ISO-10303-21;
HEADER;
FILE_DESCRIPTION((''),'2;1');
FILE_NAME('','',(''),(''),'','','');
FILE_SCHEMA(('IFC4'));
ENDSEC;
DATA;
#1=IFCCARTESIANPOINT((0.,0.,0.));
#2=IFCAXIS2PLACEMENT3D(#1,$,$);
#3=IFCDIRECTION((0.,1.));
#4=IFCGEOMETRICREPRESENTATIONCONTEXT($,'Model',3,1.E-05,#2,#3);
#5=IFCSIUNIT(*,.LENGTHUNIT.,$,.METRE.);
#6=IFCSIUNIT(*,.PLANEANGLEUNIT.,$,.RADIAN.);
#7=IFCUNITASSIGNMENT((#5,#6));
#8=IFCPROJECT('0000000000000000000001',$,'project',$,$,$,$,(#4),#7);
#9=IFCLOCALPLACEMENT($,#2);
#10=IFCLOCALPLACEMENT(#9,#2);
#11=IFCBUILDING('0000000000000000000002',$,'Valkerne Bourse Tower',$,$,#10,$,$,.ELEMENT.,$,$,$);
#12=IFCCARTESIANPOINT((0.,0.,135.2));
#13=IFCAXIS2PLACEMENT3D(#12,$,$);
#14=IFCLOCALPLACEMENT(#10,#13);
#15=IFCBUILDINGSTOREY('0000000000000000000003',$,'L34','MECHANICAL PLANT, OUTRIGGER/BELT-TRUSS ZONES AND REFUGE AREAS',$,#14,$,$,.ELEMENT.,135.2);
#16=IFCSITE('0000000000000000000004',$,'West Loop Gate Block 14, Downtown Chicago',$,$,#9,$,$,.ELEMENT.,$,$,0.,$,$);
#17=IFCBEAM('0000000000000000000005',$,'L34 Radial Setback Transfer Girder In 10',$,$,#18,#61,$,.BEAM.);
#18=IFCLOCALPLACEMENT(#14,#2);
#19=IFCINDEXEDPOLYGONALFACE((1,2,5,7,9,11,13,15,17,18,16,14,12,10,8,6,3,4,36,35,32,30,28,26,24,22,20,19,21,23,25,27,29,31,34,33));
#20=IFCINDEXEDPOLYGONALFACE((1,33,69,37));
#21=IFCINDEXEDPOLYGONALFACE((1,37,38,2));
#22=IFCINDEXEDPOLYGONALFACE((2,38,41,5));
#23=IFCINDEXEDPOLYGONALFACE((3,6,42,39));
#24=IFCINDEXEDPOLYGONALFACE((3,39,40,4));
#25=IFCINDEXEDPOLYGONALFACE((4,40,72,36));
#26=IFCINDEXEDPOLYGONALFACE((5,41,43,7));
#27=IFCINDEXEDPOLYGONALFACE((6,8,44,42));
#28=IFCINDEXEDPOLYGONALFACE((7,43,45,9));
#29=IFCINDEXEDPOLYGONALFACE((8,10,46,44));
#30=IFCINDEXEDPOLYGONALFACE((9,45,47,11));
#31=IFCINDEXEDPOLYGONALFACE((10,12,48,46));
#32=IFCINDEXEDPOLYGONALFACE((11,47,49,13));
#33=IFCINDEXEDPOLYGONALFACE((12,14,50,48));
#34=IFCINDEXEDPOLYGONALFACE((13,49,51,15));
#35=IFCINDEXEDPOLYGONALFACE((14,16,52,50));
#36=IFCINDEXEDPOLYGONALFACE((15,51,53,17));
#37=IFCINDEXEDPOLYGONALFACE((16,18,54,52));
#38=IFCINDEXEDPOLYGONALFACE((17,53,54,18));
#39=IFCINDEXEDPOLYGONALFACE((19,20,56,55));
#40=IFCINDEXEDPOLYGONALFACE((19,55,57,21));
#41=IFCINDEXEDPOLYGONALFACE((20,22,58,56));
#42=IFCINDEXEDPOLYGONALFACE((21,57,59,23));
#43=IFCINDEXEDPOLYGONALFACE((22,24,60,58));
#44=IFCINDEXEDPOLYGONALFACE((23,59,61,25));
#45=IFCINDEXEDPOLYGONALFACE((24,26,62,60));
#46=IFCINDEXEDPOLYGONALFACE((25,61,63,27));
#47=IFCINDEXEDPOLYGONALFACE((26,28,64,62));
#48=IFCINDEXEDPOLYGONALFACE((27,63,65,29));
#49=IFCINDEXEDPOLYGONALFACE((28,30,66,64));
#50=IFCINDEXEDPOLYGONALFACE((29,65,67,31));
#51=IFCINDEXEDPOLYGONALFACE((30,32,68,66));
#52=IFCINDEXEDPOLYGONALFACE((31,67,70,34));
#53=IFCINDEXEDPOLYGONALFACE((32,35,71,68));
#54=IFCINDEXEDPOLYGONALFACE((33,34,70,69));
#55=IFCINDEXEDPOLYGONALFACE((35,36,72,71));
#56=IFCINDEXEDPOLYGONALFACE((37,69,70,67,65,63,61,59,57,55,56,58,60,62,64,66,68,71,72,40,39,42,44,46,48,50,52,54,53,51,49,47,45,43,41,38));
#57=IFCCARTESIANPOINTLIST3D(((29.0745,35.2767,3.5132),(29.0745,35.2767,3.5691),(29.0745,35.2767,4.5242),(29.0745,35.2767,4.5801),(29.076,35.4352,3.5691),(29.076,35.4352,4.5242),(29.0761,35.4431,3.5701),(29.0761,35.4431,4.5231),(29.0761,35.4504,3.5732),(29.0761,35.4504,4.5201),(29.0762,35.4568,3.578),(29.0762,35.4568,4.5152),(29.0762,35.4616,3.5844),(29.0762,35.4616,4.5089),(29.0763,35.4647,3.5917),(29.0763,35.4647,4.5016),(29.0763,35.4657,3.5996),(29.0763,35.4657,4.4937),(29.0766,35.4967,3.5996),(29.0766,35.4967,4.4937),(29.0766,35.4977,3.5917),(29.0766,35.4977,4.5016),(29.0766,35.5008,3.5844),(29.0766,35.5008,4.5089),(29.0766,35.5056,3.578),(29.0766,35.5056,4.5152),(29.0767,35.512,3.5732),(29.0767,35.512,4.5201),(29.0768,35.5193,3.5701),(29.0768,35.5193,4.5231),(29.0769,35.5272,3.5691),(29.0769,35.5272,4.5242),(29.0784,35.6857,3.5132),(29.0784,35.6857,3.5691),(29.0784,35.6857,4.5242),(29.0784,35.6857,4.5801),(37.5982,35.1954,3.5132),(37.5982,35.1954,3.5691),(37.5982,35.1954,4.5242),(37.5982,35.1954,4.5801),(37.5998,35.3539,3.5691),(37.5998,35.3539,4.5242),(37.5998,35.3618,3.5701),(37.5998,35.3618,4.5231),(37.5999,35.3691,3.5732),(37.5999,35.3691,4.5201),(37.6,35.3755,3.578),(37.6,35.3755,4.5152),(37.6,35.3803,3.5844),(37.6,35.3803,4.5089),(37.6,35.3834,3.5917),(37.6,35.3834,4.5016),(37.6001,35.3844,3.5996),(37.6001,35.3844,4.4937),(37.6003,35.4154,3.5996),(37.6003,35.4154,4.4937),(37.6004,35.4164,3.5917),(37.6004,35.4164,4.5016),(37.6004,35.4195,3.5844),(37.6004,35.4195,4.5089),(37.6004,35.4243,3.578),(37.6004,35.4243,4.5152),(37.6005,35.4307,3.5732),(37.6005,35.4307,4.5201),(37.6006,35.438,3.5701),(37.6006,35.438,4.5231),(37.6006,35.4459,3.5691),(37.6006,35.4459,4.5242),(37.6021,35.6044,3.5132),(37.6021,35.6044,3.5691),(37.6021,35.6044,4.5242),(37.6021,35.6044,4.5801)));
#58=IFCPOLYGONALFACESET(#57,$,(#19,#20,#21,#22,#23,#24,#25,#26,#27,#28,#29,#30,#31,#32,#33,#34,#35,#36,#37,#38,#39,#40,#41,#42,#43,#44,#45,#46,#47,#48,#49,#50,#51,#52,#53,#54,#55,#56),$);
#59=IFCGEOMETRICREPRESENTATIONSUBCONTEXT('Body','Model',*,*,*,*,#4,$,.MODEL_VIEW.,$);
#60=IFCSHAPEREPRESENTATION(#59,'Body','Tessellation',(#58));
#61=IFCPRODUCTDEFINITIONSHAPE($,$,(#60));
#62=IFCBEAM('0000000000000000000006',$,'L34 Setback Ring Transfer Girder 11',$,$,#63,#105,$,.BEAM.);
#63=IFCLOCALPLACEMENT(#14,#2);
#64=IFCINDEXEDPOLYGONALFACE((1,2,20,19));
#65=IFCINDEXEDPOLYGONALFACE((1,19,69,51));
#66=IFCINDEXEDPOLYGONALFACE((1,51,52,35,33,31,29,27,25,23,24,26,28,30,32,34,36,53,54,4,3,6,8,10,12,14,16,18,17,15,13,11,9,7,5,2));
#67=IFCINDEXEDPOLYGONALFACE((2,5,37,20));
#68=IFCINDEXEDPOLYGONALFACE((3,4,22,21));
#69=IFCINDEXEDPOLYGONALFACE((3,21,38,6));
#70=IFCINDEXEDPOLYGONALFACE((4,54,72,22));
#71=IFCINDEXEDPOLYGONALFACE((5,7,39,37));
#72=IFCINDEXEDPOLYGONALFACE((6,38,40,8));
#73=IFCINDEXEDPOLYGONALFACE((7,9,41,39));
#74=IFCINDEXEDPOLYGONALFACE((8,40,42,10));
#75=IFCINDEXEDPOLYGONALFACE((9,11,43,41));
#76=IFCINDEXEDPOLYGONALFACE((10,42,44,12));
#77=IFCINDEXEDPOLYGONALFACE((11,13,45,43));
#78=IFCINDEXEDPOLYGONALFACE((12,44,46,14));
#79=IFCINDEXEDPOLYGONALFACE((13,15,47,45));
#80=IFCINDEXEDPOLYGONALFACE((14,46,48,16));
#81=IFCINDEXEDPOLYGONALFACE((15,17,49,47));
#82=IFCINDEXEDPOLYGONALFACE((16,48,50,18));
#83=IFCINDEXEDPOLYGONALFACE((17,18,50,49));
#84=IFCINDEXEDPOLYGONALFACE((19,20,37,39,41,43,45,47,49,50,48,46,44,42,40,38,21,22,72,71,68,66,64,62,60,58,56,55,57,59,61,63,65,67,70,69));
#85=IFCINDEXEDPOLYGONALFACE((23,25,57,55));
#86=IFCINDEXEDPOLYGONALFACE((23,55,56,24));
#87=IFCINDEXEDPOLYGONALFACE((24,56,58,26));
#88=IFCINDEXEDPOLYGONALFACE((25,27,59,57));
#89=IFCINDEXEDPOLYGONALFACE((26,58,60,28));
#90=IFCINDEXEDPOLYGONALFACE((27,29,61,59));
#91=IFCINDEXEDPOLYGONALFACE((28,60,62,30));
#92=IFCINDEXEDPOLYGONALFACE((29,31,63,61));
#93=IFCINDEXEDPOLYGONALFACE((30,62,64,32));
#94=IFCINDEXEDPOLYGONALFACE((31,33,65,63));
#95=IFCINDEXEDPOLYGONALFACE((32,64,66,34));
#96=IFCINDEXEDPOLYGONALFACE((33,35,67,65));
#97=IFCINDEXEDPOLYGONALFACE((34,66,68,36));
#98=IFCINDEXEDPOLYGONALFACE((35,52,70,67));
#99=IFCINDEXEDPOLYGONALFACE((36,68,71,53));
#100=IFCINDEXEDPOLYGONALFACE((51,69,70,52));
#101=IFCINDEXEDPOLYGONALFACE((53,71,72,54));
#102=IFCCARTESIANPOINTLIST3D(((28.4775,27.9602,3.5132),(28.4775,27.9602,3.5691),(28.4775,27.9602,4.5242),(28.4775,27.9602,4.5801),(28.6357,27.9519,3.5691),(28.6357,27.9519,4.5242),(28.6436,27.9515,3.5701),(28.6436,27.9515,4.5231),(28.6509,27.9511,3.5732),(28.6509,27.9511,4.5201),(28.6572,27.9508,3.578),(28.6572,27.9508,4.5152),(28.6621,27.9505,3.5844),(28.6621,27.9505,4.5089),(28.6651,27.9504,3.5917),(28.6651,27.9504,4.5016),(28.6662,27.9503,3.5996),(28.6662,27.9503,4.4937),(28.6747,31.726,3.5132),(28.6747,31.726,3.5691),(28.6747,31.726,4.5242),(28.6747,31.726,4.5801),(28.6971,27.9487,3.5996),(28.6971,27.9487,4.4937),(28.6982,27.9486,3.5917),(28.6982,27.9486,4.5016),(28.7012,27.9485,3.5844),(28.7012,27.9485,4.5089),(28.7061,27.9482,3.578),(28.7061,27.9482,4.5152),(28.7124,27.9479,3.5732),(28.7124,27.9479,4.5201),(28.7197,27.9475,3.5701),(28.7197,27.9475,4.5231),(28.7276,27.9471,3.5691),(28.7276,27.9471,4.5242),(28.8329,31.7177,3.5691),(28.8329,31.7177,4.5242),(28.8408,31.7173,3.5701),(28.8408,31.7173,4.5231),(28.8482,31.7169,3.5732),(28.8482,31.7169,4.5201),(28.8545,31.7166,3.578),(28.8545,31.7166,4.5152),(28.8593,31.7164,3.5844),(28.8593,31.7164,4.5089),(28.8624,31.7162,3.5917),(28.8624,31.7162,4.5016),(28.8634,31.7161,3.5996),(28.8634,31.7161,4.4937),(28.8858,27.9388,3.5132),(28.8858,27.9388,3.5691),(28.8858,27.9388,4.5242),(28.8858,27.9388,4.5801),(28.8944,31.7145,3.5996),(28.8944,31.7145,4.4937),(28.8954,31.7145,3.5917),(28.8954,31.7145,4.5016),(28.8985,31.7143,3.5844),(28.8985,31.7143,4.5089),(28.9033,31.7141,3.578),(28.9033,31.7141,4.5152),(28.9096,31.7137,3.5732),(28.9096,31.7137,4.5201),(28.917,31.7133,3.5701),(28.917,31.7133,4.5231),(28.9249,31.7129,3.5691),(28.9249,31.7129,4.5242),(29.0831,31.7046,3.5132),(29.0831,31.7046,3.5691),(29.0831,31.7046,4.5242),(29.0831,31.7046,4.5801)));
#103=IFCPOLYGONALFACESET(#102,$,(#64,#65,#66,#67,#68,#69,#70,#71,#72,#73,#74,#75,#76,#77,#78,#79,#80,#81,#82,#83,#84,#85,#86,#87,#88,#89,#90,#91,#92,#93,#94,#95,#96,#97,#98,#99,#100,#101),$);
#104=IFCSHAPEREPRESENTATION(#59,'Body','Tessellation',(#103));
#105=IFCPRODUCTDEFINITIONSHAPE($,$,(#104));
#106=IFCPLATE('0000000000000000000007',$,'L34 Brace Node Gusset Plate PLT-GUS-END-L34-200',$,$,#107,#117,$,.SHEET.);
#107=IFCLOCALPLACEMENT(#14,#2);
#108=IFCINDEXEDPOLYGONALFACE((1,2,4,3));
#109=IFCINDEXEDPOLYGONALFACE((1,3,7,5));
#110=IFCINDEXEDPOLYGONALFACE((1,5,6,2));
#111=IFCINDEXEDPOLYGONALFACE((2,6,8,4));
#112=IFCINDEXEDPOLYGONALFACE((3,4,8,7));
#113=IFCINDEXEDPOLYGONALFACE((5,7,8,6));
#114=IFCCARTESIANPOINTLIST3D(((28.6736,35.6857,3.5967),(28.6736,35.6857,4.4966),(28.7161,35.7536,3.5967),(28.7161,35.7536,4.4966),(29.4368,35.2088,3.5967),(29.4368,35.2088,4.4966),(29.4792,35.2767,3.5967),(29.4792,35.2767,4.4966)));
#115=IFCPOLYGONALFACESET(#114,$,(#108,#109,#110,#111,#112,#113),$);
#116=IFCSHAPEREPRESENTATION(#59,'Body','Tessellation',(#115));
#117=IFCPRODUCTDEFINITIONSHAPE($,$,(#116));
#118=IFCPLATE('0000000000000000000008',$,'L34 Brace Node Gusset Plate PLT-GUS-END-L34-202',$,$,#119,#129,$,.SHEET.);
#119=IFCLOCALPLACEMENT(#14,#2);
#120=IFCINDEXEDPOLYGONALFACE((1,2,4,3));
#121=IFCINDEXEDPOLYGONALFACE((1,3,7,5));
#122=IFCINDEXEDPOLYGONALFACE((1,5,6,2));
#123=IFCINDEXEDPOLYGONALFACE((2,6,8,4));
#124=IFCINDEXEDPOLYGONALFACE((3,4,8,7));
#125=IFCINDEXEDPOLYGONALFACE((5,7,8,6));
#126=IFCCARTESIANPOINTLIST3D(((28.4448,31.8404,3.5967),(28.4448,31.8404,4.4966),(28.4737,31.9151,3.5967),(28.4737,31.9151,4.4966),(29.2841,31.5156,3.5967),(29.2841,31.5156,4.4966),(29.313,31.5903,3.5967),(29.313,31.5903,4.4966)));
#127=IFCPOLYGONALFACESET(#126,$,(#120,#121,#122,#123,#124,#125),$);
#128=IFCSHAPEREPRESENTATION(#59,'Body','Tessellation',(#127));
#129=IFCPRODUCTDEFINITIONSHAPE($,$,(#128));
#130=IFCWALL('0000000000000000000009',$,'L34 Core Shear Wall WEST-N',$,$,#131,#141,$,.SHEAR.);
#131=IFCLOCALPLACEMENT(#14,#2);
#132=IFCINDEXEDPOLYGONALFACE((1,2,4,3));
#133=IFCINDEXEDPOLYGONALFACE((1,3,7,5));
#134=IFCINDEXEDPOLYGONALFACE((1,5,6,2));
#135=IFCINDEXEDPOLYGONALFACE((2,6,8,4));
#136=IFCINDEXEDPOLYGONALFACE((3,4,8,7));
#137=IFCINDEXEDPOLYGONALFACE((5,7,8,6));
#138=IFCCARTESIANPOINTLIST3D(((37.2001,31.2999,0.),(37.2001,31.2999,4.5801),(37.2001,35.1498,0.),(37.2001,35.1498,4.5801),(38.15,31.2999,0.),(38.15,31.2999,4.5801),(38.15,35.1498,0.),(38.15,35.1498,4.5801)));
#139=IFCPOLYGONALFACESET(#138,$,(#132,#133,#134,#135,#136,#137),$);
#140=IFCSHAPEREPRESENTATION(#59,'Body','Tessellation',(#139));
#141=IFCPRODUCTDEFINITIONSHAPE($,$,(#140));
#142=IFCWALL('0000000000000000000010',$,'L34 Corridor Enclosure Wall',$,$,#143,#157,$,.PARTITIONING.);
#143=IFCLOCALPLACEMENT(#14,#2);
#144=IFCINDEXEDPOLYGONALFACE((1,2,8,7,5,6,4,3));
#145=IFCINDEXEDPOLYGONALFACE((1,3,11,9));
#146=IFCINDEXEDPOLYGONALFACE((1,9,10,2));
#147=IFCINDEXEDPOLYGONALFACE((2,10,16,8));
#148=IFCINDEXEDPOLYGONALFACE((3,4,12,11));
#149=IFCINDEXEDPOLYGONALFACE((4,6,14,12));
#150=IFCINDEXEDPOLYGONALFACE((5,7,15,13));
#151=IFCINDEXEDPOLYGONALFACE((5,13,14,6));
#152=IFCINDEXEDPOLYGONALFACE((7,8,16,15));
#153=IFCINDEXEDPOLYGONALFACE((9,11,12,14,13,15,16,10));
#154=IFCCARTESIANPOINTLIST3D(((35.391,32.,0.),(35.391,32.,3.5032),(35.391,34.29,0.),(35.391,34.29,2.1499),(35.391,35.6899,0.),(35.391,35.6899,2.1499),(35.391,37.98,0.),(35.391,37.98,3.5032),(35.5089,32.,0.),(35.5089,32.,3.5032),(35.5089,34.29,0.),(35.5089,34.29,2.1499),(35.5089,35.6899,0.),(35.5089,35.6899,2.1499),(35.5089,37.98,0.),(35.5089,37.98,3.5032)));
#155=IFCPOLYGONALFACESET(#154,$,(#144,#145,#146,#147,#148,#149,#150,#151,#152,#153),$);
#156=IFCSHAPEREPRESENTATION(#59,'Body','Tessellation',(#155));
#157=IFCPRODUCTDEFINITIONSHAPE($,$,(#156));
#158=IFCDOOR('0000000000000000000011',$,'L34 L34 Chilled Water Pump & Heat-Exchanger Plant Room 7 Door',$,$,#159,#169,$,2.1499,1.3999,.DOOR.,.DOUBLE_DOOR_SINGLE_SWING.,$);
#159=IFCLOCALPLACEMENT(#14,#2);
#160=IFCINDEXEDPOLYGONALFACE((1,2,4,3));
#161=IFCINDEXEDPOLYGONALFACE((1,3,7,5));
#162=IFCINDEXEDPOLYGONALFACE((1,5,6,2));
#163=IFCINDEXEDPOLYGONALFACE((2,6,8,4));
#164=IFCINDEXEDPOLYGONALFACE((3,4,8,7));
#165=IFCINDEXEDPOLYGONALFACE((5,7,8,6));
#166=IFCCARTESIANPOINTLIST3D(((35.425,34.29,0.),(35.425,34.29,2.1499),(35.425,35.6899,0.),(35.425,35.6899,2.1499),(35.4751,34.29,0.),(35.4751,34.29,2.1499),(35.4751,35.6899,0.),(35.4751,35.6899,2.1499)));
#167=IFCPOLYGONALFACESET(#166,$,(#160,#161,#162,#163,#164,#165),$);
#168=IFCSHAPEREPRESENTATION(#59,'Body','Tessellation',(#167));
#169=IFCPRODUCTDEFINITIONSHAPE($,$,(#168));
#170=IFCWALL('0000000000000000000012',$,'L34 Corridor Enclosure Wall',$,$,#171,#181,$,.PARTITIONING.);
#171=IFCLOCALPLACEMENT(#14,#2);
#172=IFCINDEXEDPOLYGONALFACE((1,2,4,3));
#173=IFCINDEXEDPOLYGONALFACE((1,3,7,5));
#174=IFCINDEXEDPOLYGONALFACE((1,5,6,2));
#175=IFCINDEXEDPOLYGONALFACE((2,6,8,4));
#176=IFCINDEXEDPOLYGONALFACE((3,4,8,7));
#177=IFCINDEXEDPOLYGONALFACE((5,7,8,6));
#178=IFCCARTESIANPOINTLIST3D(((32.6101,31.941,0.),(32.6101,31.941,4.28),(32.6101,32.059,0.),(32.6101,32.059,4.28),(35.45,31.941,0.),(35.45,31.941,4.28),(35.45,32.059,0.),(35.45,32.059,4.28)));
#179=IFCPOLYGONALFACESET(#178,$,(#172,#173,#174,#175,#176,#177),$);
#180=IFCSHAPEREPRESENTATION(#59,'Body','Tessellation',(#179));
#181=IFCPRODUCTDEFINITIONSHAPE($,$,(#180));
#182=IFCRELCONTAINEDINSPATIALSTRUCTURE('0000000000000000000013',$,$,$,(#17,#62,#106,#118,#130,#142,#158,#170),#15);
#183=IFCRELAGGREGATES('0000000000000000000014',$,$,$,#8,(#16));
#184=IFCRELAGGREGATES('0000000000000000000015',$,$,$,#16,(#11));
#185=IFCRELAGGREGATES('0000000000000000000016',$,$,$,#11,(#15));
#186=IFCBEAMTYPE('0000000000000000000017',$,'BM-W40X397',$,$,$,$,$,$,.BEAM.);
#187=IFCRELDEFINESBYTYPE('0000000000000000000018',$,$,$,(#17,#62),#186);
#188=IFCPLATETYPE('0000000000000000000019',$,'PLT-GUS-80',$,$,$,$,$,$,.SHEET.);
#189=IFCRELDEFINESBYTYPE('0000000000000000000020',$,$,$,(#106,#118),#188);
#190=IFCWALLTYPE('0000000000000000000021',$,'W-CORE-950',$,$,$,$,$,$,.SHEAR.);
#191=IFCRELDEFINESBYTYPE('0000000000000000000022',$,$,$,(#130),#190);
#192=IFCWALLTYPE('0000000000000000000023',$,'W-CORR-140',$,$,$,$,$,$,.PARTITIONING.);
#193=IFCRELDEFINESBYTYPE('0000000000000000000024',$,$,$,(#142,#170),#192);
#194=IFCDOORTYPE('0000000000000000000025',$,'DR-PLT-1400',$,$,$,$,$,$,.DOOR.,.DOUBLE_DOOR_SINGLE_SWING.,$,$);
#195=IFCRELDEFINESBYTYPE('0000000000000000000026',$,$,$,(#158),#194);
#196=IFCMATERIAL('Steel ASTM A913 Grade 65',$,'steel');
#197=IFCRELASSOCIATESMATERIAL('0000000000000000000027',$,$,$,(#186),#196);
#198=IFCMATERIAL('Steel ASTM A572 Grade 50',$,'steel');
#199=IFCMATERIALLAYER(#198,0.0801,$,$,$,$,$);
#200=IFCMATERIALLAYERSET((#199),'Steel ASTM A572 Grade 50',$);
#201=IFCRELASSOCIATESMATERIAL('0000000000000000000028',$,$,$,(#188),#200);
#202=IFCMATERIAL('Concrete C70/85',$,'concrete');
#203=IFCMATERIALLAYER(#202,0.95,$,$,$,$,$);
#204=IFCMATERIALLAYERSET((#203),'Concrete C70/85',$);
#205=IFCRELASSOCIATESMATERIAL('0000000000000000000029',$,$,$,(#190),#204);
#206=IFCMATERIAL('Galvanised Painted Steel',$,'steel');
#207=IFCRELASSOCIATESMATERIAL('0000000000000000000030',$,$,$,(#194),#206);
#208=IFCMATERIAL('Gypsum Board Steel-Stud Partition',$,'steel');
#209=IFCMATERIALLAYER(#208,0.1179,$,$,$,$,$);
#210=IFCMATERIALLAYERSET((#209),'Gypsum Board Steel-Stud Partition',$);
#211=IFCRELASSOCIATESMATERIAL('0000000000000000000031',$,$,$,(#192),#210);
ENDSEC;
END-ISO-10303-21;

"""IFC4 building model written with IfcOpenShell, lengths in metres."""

from ifc_helpers import new_model, si_unit, direction, frame, frame_2d, origin, origin_2d, place, context, subcontext, project, spatial, rectangle, i_section, extrude, material, layer, layer_set, material_profile, profile_set, type_object, element, fill, save


model = new_model("IFC4")

# Units and contexts
model_context = context("Model", 3, precision=1e-05, world=origin(), true_north=direction((0.0, 1.0)))
body_context = subcontext(model_context, "Body", "Model", "MODEL_VIEW")
ifc_project = project(units=[si_unit("LENGTHUNIT", "METRE"), si_unit("PLANEANGLEUNIT", "RADIAN")], contexts=[model_context])

# Site, building, storey
site_placement = place(None, origin())
site = spatial("IfcSite", under=ifc_project, at=site_placement, Name="West Loop Gate Block 14, Downtown Chicago", CompositionType="ELEMENT", RefElevation=0.0)
building_placement = place(site_placement, origin())
building = spatial("IfcBuilding", under=site, at=building_placement, Name="Valkerne Bourse Tower", CompositionType="ELEMENT")
storey_placement = place(building_placement, frame((0.0, 0.0, 135.2)))
storey = spatial("IfcBuildingStorey", under=building, at=storey_placement, Name="L34", Description="MECHANICAL PLANT, OUTRIGGER/BELT-TRUSS ZONES AND REFUGE AREAS", CompositionType="ELEMENT", Elevation=135.2)

# Shared definitions
ifc_material_1 = material(Name="Steel ASTM A913 Grade 65", Category="steel")

# Beams
ifc_material_profile_1 = material_profile(ifc_material_1, i_section(OverallWidth=0.4089, OverallDepth=1.0669, WebThickness=0.031, FlangeThickness=0.0559, FilletRadius=0.0305, at=origin_2d()), Name="W40X397")
ifc_profile_set_1 = profile_set([ifc_material_profile_1], Name="Steel ASTM A913 Grade 65")
beam_type_1 = type_object("IfcBeamType", Name="BM-W40X397", PredefinedType="BEAM", material=ifc_profile_set_1)
beam_1_placement = place(storey_placement, frame((29.0764, 35.4812, 4.0466), z_axis=(0.999955, -0.009538, 0.0), x_axis=(0.009538, 0.999955, 0.0)))
element("IfcBeam", 1, at=beam_1_placement, inside=storey, type_object=beam_type_1, Name="L34 Radial Setback Transfer Girder In 10", PredefinedType="BEAM", context=body_context, shape_type="SweptSolid", body=[
    extrude(i_section(OverallWidth=0.4089, OverallDepth=1.0669, WebThickness=0.031, FlangeThickness=0.0559, FilletRadius=0.0305, at=origin_2d()), origin(), (0.0, 0.0, 1.0), 8.5242),
])
beam_2_placement = place(storey_placement, frame((28.8789, 31.7153, 4.0466), z_axis=(-0.052311, -0.998631, 0.0), x_axis=(0.998631, -0.052311, 0.0)))
element("IfcBeam", 2, at=beam_2_placement, inside=storey, type_object=beam_type_1, Name="L34 Setback Ring Transfer Girder 11", PredefinedType="BEAM", context=body_context, shape_type="SweptSolid", body=[
    extrude(i_section(OverallWidth=0.4089, OverallDepth=1.0669, WebThickness=0.031, FlangeThickness=0.0559, FilletRadius=0.0305, at=origin_2d()), origin(), (0.0, 0.0, 1.0), 3.771),
])

# Plates
ifc_material_2 = material(Name="Steel ASTM A572 Grade 50", Category="steel")
ifc_layer_1 = layer(ifc_material_2, 0.0801)
ifc_layer_set_1 = layer_set([ifc_layer_1], Name="Steel ASTM A572 Grade 50")
plate_type = type_object("IfcPlateType", Name="PLT-GUS-80", PredefinedType="SHEET", material=ifc_layer_set_1)
for number, where, z_axis, x_axis, name in (
    (3, (29.0764, 35.4812, 3.5967), (0.0, 0.0, 1.0), (0.848048, -0.529919, 0.0), "L34 Brace Node Gusset Plate PLT-GUS-END-L34-200"),
    (4, (28.8789, 31.7153, 3.5967), (0.0, 0.0, 1.0), (0.932576, -0.360974, 0.0), "L34 Brace Node Gusset Plate PLT-GUS-END-L34-202"),
):
    element("IfcPlate", number, at=place(storey_placement, frame(where, z_axis=z_axis, x_axis=x_axis)), inside=storey, type_object=plate_type, Name=name, PredefinedType="SHEET", context=body_context, shape_type="SweptSolid", body=[
        extrude(rectangle(XDim=0.8999, YDim=0.0801, at=origin_2d()), origin(), (0.0, 0.0, 1.0), 0.8999),
    ])

# Shared definitions
ifc_material_3 = material(Name="Concrete C70/85", Category="concrete")
ifc_layer_2 = layer(ifc_material_3, 0.95)
ifc_layer_set_2 = layer_set([ifc_layer_2], Name="Concrete C70/85")
wall_type_1 = type_object("IfcWallType", Name="W-CORE-950", PredefinedType="SHEAR", material=ifc_layer_set_2)
ifc_material_4 = material(Name="Galvanised Painted Steel", Category="steel")
door_type = type_object("IfcDoorType", Name="DR-PLT-1400", OperationType="DOUBLE_DOOR_SINGLE_SWING", PredefinedType="DOOR", material=ifc_material_4)

# Wall
wall_1_placement = place(storey_placement, frame((37.675, 31.3, 0.0), z_axis=(0.0, 0.0, 1.0), x_axis=(0.0, 1.0, 0.0)))
element("IfcWall", 5, at=wall_1_placement, inside=storey, type_object=wall_type_1, Name="L34 Core Shear Wall WEST-N", PredefinedType="SHEAR", context=body_context, shape_type="SweptSolid", body=[
    extrude(rectangle(XDim=3.8499, YDim=0.95, at=frame_2d((1.9248, 0.0))), origin(), (0.0, 0.0, 1.0), 4.5801),
])

# Wall, opening, door
ifc_material_5 = material(Name="Gypsum Board Steel-Stud Partition", Category="steel")
ifc_layer_3 = layer(ifc_material_5, 0.1179)
ifc_layer_set_3 = layer_set([ifc_layer_3], Name="Gypsum Board Steel-Stud Partition")
wall_type_2 = type_object("IfcWallType", Name="W-CORR-140", PredefinedType="PARTITIONING", material=ifc_layer_set_3)
wall_2_placement = place(storey_placement, frame((35.45, 32.0, 0.0), z_axis=(0.0, 0.0, 1.0), x_axis=(0.0, 1.0, 0.0)))
wall_2 = element("IfcWall", 6, at=wall_2_placement, inside=storey, type_object=wall_type_2, Name="L34 Corridor Enclosure Wall", PredefinedType="PARTITIONING", context=body_context, shape_type="SweptSolid", body=[
    extrude(rectangle(XDim=5.98, YDim=0.1179, at=frame_2d((2.99, 0.0))), origin(), (0.0, 0.0, 1.0), 3.5032),
])
opening_1_placement = place(wall_2_placement, frame((2.29, 0.0, 0.0)))
opening_1 = element("IfcOpeningElement", 7, at=opening_1_placement, cuts=wall_2, PredefinedType="OPENING", context=body_context, shape_type="SweptSolid", body=[
    extrude(rectangle(XDim=1.3999, YDim=2.1499, at=frame_2d((0.7, 1.075))), frame((0.0, 0.0688, 0.0), z_axis=(0.0, -1.0, 0.0), x_axis=(1.0, 0.0, 0.0)), (0.0, 0.0, 1.0), 0.1379),
])
door_1_placement = place(opening_1_placement, origin())
door_1 = element("IfcDoor", 8, at=door_1_placement, inside=storey, type_object=door_type, Name="L34 L34 Chilled Water Pump & Heat-Exchanger Plant Room 7 Door", OperationType="DOUBLE_DOOR_SINGLE_SWING", OverallHeight=2.1499, OverallWidth=1.3999, PredefinedType="DOOR", context=body_context, shape_type="SweptSolid", body=[
    extrude(rectangle(XDim=1.3999, YDim=2.1499, at=frame_2d((0.7, 1.075))), frame((0.0, 0.0249, 0.0), z_axis=(0.0, -1.0, 0.0), x_axis=(1.0, 0.0, 0.0)), (0.0, 0.0, 1.0), 0.05),
])
fill(opening_1, door_1)

# Wall
wall_3_placement = place(storey_placement, frame((32.6101, 32.0, 0.0), z_axis=(0.0, 0.0, 1.0), x_axis=(1.0, 0.0, 0.0)))
element("IfcWall", 9, at=wall_3_placement, inside=storey, type_object=wall_type_2, Name="L34 Corridor Enclosure Wall", PredefinedType="PARTITIONING", context=body_context, shape_type="SweptSolid", body=[
    extrude(rectangle(XDim=2.8398, YDim=0.1179, at=frame_2d((1.4199, 0.0))), origin(), (0.0, 0.0, 1.0), 4.28),
])

save(model, "model.ifc")
